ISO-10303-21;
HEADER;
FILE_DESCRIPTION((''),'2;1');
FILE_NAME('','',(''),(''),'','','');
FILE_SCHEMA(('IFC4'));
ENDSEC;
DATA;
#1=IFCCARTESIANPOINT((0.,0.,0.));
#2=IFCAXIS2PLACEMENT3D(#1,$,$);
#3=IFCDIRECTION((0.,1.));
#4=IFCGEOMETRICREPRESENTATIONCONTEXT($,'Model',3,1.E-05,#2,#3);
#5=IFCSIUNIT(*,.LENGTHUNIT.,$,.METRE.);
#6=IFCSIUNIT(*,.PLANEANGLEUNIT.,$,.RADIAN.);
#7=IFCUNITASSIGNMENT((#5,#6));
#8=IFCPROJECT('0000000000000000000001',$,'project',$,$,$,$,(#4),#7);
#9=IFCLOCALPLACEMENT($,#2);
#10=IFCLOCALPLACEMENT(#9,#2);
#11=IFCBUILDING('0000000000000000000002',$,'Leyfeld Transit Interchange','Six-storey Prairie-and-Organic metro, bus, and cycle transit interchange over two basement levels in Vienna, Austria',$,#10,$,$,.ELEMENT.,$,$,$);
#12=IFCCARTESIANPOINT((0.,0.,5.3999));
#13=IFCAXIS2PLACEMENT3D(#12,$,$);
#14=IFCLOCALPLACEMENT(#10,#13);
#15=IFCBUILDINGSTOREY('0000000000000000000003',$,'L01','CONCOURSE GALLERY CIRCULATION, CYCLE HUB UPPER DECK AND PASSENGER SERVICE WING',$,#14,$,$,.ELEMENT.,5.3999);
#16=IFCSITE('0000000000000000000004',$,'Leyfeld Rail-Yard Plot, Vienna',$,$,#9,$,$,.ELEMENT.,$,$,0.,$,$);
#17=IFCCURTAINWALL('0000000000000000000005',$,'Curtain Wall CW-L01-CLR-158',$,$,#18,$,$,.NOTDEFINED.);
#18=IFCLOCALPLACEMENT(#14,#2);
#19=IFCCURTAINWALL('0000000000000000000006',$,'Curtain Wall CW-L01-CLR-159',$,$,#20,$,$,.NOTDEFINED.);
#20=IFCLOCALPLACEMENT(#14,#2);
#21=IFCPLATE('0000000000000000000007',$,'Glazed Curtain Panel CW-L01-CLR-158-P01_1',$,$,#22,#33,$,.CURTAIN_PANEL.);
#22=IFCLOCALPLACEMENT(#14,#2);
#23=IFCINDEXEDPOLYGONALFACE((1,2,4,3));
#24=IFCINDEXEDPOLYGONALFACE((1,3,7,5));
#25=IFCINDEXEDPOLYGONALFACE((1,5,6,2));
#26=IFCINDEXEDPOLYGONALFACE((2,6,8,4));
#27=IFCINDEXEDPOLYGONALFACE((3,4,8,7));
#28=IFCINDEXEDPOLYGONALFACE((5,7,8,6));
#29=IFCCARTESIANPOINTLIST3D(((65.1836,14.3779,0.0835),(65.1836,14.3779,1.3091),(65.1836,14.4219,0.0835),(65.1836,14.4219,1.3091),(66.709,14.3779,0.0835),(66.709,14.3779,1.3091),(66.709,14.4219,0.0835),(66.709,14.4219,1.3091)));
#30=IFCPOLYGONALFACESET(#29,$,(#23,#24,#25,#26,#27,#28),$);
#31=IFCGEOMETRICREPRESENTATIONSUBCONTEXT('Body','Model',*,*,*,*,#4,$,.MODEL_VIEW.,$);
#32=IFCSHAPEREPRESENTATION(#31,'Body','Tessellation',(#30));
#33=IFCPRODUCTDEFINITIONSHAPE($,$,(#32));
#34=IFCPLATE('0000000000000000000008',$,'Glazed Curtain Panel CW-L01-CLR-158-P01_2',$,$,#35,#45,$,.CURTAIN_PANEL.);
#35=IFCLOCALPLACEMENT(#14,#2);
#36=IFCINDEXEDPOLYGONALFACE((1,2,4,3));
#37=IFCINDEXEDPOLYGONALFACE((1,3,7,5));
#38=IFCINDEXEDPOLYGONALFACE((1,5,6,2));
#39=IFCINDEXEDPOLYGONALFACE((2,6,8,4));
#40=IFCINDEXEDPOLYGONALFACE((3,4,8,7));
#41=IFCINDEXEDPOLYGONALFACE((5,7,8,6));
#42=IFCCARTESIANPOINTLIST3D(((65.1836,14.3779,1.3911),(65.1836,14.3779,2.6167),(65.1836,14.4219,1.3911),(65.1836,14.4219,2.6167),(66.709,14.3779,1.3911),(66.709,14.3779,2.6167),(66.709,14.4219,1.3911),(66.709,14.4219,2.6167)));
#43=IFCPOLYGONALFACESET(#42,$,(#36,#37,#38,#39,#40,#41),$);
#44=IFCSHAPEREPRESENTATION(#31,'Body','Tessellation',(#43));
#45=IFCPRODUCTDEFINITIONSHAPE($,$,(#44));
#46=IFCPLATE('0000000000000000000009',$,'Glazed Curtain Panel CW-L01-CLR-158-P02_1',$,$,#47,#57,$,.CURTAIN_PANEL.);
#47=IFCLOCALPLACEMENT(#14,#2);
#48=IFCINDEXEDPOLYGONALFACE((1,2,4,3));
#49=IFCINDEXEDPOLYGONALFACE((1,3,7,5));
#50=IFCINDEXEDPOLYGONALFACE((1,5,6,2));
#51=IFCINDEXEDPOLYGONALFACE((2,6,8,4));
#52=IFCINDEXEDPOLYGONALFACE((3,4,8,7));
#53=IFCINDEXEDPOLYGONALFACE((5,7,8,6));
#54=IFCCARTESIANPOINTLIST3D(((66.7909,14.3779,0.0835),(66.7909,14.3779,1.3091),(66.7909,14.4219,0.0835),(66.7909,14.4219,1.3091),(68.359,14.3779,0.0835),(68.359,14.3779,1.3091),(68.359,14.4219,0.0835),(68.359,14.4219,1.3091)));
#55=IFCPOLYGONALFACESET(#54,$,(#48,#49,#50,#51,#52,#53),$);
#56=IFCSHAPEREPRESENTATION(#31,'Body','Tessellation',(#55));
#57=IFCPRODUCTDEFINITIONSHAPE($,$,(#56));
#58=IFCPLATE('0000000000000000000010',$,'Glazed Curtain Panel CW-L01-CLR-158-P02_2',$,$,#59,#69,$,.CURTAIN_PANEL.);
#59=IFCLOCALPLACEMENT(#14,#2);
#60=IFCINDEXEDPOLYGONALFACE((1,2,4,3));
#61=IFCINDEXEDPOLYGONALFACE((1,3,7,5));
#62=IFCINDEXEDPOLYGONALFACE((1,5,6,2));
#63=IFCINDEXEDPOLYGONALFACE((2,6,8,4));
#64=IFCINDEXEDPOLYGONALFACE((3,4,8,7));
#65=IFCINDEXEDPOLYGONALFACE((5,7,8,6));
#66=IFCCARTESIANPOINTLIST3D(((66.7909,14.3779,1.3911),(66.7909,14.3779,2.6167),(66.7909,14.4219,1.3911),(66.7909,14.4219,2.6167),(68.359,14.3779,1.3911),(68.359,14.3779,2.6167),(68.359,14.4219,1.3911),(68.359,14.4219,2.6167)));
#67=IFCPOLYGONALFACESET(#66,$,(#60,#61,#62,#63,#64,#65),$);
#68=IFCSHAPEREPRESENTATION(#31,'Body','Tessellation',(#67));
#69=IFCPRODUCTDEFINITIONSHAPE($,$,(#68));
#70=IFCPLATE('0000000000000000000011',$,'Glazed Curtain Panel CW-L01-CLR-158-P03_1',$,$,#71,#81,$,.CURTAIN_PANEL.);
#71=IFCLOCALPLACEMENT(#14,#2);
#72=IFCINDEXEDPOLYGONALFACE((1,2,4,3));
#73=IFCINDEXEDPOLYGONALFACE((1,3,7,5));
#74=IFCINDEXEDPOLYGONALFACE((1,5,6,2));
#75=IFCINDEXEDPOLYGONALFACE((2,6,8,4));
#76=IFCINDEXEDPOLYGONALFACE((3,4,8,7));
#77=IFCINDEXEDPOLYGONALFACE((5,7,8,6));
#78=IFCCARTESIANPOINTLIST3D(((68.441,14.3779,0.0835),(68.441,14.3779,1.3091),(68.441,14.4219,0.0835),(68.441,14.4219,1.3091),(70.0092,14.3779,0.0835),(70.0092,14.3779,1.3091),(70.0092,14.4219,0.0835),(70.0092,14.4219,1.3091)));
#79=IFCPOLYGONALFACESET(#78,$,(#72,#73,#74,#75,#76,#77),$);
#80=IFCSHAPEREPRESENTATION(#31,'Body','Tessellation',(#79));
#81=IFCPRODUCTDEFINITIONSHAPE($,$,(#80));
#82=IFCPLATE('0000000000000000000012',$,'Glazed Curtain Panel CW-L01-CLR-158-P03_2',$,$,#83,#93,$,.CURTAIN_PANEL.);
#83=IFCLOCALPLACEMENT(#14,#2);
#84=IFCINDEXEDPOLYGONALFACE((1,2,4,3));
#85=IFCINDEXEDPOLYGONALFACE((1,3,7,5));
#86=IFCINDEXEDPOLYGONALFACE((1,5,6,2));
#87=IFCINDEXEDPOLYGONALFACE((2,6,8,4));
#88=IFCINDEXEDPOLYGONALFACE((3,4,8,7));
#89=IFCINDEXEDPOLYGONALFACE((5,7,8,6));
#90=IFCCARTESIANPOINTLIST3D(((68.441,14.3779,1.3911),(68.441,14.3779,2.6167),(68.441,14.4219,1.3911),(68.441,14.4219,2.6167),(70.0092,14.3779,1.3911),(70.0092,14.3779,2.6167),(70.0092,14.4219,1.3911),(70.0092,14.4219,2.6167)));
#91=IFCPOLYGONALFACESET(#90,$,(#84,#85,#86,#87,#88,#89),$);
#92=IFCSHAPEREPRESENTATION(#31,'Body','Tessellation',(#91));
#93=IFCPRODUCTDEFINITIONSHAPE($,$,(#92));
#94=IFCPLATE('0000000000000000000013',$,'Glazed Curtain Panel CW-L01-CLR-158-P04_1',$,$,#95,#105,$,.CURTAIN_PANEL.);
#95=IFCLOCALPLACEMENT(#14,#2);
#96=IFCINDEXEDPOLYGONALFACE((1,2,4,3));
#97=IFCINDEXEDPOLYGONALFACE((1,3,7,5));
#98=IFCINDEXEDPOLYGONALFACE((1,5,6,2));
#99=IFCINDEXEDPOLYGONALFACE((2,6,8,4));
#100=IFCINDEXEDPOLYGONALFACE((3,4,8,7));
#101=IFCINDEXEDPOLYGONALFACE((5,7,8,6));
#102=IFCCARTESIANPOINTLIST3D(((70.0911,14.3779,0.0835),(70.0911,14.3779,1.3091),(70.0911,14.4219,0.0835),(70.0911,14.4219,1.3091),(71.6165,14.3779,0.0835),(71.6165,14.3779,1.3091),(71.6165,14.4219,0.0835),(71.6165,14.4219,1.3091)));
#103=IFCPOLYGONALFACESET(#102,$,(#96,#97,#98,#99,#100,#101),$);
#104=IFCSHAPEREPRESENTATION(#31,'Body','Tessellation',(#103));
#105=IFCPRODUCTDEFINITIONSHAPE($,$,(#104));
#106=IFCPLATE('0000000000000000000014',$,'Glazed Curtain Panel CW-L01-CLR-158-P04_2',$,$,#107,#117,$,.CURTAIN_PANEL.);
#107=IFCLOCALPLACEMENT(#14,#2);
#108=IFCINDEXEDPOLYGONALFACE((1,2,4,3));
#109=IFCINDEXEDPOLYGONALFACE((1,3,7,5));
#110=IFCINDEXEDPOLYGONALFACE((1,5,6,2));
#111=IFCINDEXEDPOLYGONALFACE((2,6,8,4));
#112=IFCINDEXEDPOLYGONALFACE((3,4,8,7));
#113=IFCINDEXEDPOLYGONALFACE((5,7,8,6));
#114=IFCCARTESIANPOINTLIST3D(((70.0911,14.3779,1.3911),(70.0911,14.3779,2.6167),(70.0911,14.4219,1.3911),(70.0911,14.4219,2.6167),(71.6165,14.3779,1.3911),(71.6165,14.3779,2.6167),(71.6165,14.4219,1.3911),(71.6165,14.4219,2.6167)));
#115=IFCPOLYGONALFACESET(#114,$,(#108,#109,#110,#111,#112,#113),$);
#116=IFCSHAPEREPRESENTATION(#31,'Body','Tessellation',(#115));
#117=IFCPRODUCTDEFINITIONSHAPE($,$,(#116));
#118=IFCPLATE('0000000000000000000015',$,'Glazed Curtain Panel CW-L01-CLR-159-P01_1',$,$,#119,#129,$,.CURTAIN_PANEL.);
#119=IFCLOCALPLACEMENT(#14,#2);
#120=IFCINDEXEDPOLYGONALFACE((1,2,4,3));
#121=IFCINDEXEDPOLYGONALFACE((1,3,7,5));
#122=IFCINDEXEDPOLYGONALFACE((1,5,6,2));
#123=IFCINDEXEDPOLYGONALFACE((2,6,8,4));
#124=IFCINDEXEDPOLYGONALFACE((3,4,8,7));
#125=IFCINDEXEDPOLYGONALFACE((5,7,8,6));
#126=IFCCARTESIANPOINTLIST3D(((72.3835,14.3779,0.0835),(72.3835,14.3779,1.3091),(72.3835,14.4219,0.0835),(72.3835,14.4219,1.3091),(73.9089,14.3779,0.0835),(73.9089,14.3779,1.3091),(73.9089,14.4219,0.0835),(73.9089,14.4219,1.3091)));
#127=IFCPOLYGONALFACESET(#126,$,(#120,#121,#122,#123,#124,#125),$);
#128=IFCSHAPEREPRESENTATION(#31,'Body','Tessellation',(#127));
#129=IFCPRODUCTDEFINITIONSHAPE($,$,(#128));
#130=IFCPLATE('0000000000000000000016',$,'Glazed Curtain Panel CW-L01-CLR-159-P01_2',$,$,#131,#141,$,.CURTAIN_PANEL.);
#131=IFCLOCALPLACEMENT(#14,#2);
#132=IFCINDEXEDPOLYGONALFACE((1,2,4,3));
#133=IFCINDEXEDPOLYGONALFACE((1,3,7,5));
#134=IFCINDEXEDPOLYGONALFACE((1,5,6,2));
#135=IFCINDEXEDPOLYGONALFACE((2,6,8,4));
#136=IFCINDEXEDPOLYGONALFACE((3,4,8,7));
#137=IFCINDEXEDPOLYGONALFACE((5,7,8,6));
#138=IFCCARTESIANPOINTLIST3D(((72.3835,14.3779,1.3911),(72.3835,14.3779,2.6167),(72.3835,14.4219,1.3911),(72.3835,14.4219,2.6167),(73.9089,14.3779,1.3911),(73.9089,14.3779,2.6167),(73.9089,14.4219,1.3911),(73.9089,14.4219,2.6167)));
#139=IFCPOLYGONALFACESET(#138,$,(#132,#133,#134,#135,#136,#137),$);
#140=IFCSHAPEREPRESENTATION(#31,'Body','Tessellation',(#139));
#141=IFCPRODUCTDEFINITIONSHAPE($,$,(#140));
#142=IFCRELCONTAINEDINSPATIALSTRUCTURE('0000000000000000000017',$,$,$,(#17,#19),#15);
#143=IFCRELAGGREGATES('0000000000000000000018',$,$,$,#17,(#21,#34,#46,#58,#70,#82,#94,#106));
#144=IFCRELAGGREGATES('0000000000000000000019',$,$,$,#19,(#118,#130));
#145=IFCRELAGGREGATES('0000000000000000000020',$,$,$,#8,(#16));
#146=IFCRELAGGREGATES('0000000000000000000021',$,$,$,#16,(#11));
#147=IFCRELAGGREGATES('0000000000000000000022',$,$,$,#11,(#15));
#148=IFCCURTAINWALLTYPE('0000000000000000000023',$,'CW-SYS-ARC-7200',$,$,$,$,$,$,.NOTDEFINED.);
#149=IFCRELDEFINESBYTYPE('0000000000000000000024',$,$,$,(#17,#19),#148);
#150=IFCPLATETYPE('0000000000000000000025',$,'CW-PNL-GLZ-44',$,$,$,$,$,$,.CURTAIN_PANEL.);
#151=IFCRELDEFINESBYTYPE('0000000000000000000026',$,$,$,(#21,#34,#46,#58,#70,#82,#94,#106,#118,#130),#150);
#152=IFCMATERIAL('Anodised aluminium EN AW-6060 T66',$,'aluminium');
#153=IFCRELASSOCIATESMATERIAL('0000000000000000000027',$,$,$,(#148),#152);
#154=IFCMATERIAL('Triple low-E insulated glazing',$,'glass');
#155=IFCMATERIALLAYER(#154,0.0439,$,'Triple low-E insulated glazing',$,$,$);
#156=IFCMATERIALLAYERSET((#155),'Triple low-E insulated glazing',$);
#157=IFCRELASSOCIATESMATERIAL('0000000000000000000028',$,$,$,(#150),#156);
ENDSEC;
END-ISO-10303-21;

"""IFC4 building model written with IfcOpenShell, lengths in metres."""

from ifc_helpers import new_model, si_unit, direction, frame, origin, origin_2d, place, context, subcontext, project, spatial, rectangle, extrude, material, layer, layer_set, type_object, element, aggregate, save


model = new_model("IFC4")

# Units and contexts
model_context = context("Model", 3, precision=1e-05, world=origin(), true_north=direction((0.0, 1.0)))
body_context = subcontext(model_context, "Body", "Model", "MODEL_VIEW")
ifc_project = project(units=[si_unit("LENGTHUNIT", "METRE"), si_unit("PLANEANGLEUNIT", "RADIAN")], contexts=[model_context])

# Site, building, storey
site_placement = place(None, origin())
site = spatial("IfcSite", under=ifc_project, at=site_placement, Name="Leyfeld Rail-Yard Plot, Vienna", CompositionType="ELEMENT", RefElevation=0.0)
building_placement = place(site_placement, origin())
building = spatial("IfcBuilding", under=site, at=building_placement, Name="Leyfeld Transit Interchange", Description="Six-storey Prairie-and-Organic metro, bus, and cycle transit interchange over two basement levels in Vienna, Austria", CompositionType="ELEMENT")
storey_placement = place(building_placement, frame((0.0, 0.0, 5.3999)))
storey = spatial("IfcBuildingStorey", under=building, at=storey_placement, Name="L01", Description="CONCOURSE GALLERY CIRCULATION, CYCLE HUB UPPER DECK AND PASSENGER SERVICE WING", CompositionType="ELEMENT", Elevation=5.3999)

# Curtain walls
ifc_material_1 = material(Name="Anodised aluminium EN AW-6060 T66", Category="aluminium")
curtain_wall_type = type_object("IfcCurtainWallType", Name="CW-SYS-ARC-7200", PredefinedType="NOTDEFINED", material=ifc_material_1)
curtain_wall_1_placement = place(storey_placement, origin())
curtain_wall_1 = element("IfcCurtainWall", 1, at=curtain_wall_1_placement, inside=storey, type_object=curtain_wall_type, Name="Curtain Wall CW-L01-CLR-158", PredefinedType="NOTDEFINED")
curtain_wall_2_placement = place(storey_placement, origin())
curtain_wall_2 = element("IfcCurtainWall", 2, at=curtain_wall_2_placement, inside=storey, type_object=curtain_wall_type, Name="Curtain Wall CW-L01-CLR-159", PredefinedType="NOTDEFINED")

# Plates
ifc_material_2 = material(Name="Triple low-E insulated glazing", Category="glass")
ifc_layer = layer(ifc_material_2, 0.0439, Name="Triple low-E insulated glazing")
ifc_layer_set = layer_set([ifc_layer], Name="Triple low-E insulated glazing")
plate_type = type_object("IfcPlateType", Name="CW-PNL-GLZ-44", PredefinedType="CURTAIN_PANEL", material=ifc_layer_set)
plate_1_placement = place(storey_placement, frame((65.9463, 14.3999, 0.0835), z_axis=(0.0, 0.0, 1.0), x_axis=(1.0, 0.0, 0.0)))
plate_1 = element("IfcPlate", 3, at=plate_1_placement, type_object=plate_type, Name="Glazed Curtain Panel CW-L01-CLR-158-P01_1", PredefinedType="CURTAIN_PANEL", context=body_context, shape_type="SweptSolid", body=[
    extrude(rectangle(XDim=1.5254, YDim=0.0439, at=origin_2d()), origin(), (0.0, 0.0, 1.0), 1.2256),
])
plate_2_placement = place(storey_placement, frame((65.9463, 14.3999, 1.3911), z_axis=(0.0, 0.0, 1.0), x_axis=(1.0, 0.0, 0.0)))
plate_2 = element("IfcPlate", 4, at=plate_2_placement, type_object=plate_type, Name="Glazed Curtain Panel CW-L01-CLR-158-P01_2", PredefinedType="CURTAIN_PANEL", context=body_context, shape_type="SweptSolid", body=[
    extrude(rectangle(XDim=1.5254, YDim=0.0439, at=origin_2d()), origin(), (0.0, 0.0, 1.0), 1.2256),
])
plate_3_placement = place(storey_placement, frame((67.575, 14.3999, 0.0835), z_axis=(0.0, 0.0, 1.0), x_axis=(1.0, 0.0, 0.0)))
plate_3 = element("IfcPlate", 5, at=plate_3_placement, type_object=plate_type, Name="Glazed Curtain Panel CW-L01-CLR-158-P02_1", PredefinedType="CURTAIN_PANEL", context=body_context, shape_type="SweptSolid", body=[
    extrude(rectangle(XDim=1.5681, YDim=0.0439, at=origin_2d()), origin(), (0.0, 0.0, 1.0), 1.2256),
])
plate_4_placement = place(storey_placement, frame((67.575, 14.3999, 1.3911), z_axis=(0.0, 0.0, 1.0), x_axis=(1.0, 0.0, 0.0)))
plate_4 = element("IfcPlate", 6, at=plate_4_placement, type_object=plate_type, Name="Glazed Curtain Panel CW-L01-CLR-158-P02_2", PredefinedType="CURTAIN_PANEL", context=body_context, shape_type="SweptSolid", body=[
    extrude(rectangle(XDim=1.5681, YDim=0.0439, at=origin_2d()), origin(), (0.0, 0.0, 1.0), 1.2256),
])
plate_5_placement = place(storey_placement, frame((69.2251, 14.3999, 0.0835), z_axis=(0.0, 0.0, 1.0), x_axis=(1.0, 0.0, 0.0)))
plate_5 = element("IfcPlate", 7, at=plate_5_placement, type_object=plate_type, Name="Glazed Curtain Panel CW-L01-CLR-158-P03_1", PredefinedType="CURTAIN_PANEL", context=body_context, shape_type="SweptSolid", body=[
    extrude(rectangle(XDim=1.5681, YDim=0.0439, at=origin_2d()), origin(), (0.0, 0.0, 1.0), 1.2256),
])
plate_6_placement = place(storey_placement, frame((69.2251, 14.3999, 1.3911), z_axis=(0.0, 0.0, 1.0), x_axis=(1.0, 0.0, 0.0)))
plate_6 = element("IfcPlate", 8, at=plate_6_placement, type_object=plate_type, Name="Glazed Curtain Panel CW-L01-CLR-158-P03_2", PredefinedType="CURTAIN_PANEL", context=body_context, shape_type="SweptSolid", body=[
    extrude(rectangle(XDim=1.5681, YDim=0.0439, at=origin_2d()), origin(), (0.0, 0.0, 1.0), 1.2256),
])
plate_7_placement = place(storey_placement, frame((70.8538, 14.3999, 0.0835), z_axis=(0.0, 0.0, 1.0), x_axis=(1.0, 0.0, 0.0)))
plate_7 = element("IfcPlate", 9, at=plate_7_placement, type_object=plate_type, Name="Glazed Curtain Panel CW-L01-CLR-158-P04_1", PredefinedType="CURTAIN_PANEL", context=body_context, shape_type="SweptSolid", body=[
    extrude(rectangle(XDim=1.5254, YDim=0.0439, at=origin_2d()), origin(), (0.0, 0.0, 1.0), 1.2256),
])
plate_8_placement = place(storey_placement, frame((70.8538, 14.3999, 1.3911), z_axis=(0.0, 0.0, 1.0), x_axis=(1.0, 0.0, 0.0)))
plate_8 = element("IfcPlate", 10, at=plate_8_placement, type_object=plate_type, Name="Glazed Curtain Panel CW-L01-CLR-158-P04_2", PredefinedType="CURTAIN_PANEL", context=body_context, shape_type="SweptSolid", body=[
    extrude(rectangle(XDim=1.5254, YDim=0.0439, at=origin_2d()), origin(), (0.0, 0.0, 1.0), 1.2256),
])
aggregate(curtain_wall_1, [plate_1, plate_2, plate_3, plate_4, plate_5, plate_6, plate_7, plate_8])
plate_9_placement = place(storey_placement, frame((73.1462, 14.3999, 0.0835), z_axis=(0.0, 0.0, 1.0), x_axis=(1.0, 0.0, 0.0)))
plate_9 = element("IfcPlate", 11, at=plate_9_placement, type_object=plate_type, Name="Glazed Curtain Panel CW-L01-CLR-159-P01_1", PredefinedType="CURTAIN_PANEL", context=body_context, shape_type="SweptSolid", body=[
    extrude(rectangle(XDim=1.5254, YDim=0.0439, at=origin_2d()), origin(), (0.0, 0.0, 1.0), 1.2256),
])
plate_10_placement = place(storey_placement, frame((73.1462, 14.3999, 1.3911), z_axis=(0.0, 0.0, 1.0), x_axis=(1.0, 0.0, 0.0)))
plate_10 = element("IfcPlate", 12, at=plate_10_placement, type_object=plate_type, Name="Glazed Curtain Panel CW-L01-CLR-159-P01_2", PredefinedType="CURTAIN_PANEL", context=body_context, shape_type="SweptSolid", body=[
    extrude(rectangle(XDim=1.5254, YDim=0.0439, at=origin_2d()), origin(), (0.0, 0.0, 1.0), 1.2256),
])
aggregate(curtain_wall_2, [plate_9, plate_10])

save(model, "model.ifc")
